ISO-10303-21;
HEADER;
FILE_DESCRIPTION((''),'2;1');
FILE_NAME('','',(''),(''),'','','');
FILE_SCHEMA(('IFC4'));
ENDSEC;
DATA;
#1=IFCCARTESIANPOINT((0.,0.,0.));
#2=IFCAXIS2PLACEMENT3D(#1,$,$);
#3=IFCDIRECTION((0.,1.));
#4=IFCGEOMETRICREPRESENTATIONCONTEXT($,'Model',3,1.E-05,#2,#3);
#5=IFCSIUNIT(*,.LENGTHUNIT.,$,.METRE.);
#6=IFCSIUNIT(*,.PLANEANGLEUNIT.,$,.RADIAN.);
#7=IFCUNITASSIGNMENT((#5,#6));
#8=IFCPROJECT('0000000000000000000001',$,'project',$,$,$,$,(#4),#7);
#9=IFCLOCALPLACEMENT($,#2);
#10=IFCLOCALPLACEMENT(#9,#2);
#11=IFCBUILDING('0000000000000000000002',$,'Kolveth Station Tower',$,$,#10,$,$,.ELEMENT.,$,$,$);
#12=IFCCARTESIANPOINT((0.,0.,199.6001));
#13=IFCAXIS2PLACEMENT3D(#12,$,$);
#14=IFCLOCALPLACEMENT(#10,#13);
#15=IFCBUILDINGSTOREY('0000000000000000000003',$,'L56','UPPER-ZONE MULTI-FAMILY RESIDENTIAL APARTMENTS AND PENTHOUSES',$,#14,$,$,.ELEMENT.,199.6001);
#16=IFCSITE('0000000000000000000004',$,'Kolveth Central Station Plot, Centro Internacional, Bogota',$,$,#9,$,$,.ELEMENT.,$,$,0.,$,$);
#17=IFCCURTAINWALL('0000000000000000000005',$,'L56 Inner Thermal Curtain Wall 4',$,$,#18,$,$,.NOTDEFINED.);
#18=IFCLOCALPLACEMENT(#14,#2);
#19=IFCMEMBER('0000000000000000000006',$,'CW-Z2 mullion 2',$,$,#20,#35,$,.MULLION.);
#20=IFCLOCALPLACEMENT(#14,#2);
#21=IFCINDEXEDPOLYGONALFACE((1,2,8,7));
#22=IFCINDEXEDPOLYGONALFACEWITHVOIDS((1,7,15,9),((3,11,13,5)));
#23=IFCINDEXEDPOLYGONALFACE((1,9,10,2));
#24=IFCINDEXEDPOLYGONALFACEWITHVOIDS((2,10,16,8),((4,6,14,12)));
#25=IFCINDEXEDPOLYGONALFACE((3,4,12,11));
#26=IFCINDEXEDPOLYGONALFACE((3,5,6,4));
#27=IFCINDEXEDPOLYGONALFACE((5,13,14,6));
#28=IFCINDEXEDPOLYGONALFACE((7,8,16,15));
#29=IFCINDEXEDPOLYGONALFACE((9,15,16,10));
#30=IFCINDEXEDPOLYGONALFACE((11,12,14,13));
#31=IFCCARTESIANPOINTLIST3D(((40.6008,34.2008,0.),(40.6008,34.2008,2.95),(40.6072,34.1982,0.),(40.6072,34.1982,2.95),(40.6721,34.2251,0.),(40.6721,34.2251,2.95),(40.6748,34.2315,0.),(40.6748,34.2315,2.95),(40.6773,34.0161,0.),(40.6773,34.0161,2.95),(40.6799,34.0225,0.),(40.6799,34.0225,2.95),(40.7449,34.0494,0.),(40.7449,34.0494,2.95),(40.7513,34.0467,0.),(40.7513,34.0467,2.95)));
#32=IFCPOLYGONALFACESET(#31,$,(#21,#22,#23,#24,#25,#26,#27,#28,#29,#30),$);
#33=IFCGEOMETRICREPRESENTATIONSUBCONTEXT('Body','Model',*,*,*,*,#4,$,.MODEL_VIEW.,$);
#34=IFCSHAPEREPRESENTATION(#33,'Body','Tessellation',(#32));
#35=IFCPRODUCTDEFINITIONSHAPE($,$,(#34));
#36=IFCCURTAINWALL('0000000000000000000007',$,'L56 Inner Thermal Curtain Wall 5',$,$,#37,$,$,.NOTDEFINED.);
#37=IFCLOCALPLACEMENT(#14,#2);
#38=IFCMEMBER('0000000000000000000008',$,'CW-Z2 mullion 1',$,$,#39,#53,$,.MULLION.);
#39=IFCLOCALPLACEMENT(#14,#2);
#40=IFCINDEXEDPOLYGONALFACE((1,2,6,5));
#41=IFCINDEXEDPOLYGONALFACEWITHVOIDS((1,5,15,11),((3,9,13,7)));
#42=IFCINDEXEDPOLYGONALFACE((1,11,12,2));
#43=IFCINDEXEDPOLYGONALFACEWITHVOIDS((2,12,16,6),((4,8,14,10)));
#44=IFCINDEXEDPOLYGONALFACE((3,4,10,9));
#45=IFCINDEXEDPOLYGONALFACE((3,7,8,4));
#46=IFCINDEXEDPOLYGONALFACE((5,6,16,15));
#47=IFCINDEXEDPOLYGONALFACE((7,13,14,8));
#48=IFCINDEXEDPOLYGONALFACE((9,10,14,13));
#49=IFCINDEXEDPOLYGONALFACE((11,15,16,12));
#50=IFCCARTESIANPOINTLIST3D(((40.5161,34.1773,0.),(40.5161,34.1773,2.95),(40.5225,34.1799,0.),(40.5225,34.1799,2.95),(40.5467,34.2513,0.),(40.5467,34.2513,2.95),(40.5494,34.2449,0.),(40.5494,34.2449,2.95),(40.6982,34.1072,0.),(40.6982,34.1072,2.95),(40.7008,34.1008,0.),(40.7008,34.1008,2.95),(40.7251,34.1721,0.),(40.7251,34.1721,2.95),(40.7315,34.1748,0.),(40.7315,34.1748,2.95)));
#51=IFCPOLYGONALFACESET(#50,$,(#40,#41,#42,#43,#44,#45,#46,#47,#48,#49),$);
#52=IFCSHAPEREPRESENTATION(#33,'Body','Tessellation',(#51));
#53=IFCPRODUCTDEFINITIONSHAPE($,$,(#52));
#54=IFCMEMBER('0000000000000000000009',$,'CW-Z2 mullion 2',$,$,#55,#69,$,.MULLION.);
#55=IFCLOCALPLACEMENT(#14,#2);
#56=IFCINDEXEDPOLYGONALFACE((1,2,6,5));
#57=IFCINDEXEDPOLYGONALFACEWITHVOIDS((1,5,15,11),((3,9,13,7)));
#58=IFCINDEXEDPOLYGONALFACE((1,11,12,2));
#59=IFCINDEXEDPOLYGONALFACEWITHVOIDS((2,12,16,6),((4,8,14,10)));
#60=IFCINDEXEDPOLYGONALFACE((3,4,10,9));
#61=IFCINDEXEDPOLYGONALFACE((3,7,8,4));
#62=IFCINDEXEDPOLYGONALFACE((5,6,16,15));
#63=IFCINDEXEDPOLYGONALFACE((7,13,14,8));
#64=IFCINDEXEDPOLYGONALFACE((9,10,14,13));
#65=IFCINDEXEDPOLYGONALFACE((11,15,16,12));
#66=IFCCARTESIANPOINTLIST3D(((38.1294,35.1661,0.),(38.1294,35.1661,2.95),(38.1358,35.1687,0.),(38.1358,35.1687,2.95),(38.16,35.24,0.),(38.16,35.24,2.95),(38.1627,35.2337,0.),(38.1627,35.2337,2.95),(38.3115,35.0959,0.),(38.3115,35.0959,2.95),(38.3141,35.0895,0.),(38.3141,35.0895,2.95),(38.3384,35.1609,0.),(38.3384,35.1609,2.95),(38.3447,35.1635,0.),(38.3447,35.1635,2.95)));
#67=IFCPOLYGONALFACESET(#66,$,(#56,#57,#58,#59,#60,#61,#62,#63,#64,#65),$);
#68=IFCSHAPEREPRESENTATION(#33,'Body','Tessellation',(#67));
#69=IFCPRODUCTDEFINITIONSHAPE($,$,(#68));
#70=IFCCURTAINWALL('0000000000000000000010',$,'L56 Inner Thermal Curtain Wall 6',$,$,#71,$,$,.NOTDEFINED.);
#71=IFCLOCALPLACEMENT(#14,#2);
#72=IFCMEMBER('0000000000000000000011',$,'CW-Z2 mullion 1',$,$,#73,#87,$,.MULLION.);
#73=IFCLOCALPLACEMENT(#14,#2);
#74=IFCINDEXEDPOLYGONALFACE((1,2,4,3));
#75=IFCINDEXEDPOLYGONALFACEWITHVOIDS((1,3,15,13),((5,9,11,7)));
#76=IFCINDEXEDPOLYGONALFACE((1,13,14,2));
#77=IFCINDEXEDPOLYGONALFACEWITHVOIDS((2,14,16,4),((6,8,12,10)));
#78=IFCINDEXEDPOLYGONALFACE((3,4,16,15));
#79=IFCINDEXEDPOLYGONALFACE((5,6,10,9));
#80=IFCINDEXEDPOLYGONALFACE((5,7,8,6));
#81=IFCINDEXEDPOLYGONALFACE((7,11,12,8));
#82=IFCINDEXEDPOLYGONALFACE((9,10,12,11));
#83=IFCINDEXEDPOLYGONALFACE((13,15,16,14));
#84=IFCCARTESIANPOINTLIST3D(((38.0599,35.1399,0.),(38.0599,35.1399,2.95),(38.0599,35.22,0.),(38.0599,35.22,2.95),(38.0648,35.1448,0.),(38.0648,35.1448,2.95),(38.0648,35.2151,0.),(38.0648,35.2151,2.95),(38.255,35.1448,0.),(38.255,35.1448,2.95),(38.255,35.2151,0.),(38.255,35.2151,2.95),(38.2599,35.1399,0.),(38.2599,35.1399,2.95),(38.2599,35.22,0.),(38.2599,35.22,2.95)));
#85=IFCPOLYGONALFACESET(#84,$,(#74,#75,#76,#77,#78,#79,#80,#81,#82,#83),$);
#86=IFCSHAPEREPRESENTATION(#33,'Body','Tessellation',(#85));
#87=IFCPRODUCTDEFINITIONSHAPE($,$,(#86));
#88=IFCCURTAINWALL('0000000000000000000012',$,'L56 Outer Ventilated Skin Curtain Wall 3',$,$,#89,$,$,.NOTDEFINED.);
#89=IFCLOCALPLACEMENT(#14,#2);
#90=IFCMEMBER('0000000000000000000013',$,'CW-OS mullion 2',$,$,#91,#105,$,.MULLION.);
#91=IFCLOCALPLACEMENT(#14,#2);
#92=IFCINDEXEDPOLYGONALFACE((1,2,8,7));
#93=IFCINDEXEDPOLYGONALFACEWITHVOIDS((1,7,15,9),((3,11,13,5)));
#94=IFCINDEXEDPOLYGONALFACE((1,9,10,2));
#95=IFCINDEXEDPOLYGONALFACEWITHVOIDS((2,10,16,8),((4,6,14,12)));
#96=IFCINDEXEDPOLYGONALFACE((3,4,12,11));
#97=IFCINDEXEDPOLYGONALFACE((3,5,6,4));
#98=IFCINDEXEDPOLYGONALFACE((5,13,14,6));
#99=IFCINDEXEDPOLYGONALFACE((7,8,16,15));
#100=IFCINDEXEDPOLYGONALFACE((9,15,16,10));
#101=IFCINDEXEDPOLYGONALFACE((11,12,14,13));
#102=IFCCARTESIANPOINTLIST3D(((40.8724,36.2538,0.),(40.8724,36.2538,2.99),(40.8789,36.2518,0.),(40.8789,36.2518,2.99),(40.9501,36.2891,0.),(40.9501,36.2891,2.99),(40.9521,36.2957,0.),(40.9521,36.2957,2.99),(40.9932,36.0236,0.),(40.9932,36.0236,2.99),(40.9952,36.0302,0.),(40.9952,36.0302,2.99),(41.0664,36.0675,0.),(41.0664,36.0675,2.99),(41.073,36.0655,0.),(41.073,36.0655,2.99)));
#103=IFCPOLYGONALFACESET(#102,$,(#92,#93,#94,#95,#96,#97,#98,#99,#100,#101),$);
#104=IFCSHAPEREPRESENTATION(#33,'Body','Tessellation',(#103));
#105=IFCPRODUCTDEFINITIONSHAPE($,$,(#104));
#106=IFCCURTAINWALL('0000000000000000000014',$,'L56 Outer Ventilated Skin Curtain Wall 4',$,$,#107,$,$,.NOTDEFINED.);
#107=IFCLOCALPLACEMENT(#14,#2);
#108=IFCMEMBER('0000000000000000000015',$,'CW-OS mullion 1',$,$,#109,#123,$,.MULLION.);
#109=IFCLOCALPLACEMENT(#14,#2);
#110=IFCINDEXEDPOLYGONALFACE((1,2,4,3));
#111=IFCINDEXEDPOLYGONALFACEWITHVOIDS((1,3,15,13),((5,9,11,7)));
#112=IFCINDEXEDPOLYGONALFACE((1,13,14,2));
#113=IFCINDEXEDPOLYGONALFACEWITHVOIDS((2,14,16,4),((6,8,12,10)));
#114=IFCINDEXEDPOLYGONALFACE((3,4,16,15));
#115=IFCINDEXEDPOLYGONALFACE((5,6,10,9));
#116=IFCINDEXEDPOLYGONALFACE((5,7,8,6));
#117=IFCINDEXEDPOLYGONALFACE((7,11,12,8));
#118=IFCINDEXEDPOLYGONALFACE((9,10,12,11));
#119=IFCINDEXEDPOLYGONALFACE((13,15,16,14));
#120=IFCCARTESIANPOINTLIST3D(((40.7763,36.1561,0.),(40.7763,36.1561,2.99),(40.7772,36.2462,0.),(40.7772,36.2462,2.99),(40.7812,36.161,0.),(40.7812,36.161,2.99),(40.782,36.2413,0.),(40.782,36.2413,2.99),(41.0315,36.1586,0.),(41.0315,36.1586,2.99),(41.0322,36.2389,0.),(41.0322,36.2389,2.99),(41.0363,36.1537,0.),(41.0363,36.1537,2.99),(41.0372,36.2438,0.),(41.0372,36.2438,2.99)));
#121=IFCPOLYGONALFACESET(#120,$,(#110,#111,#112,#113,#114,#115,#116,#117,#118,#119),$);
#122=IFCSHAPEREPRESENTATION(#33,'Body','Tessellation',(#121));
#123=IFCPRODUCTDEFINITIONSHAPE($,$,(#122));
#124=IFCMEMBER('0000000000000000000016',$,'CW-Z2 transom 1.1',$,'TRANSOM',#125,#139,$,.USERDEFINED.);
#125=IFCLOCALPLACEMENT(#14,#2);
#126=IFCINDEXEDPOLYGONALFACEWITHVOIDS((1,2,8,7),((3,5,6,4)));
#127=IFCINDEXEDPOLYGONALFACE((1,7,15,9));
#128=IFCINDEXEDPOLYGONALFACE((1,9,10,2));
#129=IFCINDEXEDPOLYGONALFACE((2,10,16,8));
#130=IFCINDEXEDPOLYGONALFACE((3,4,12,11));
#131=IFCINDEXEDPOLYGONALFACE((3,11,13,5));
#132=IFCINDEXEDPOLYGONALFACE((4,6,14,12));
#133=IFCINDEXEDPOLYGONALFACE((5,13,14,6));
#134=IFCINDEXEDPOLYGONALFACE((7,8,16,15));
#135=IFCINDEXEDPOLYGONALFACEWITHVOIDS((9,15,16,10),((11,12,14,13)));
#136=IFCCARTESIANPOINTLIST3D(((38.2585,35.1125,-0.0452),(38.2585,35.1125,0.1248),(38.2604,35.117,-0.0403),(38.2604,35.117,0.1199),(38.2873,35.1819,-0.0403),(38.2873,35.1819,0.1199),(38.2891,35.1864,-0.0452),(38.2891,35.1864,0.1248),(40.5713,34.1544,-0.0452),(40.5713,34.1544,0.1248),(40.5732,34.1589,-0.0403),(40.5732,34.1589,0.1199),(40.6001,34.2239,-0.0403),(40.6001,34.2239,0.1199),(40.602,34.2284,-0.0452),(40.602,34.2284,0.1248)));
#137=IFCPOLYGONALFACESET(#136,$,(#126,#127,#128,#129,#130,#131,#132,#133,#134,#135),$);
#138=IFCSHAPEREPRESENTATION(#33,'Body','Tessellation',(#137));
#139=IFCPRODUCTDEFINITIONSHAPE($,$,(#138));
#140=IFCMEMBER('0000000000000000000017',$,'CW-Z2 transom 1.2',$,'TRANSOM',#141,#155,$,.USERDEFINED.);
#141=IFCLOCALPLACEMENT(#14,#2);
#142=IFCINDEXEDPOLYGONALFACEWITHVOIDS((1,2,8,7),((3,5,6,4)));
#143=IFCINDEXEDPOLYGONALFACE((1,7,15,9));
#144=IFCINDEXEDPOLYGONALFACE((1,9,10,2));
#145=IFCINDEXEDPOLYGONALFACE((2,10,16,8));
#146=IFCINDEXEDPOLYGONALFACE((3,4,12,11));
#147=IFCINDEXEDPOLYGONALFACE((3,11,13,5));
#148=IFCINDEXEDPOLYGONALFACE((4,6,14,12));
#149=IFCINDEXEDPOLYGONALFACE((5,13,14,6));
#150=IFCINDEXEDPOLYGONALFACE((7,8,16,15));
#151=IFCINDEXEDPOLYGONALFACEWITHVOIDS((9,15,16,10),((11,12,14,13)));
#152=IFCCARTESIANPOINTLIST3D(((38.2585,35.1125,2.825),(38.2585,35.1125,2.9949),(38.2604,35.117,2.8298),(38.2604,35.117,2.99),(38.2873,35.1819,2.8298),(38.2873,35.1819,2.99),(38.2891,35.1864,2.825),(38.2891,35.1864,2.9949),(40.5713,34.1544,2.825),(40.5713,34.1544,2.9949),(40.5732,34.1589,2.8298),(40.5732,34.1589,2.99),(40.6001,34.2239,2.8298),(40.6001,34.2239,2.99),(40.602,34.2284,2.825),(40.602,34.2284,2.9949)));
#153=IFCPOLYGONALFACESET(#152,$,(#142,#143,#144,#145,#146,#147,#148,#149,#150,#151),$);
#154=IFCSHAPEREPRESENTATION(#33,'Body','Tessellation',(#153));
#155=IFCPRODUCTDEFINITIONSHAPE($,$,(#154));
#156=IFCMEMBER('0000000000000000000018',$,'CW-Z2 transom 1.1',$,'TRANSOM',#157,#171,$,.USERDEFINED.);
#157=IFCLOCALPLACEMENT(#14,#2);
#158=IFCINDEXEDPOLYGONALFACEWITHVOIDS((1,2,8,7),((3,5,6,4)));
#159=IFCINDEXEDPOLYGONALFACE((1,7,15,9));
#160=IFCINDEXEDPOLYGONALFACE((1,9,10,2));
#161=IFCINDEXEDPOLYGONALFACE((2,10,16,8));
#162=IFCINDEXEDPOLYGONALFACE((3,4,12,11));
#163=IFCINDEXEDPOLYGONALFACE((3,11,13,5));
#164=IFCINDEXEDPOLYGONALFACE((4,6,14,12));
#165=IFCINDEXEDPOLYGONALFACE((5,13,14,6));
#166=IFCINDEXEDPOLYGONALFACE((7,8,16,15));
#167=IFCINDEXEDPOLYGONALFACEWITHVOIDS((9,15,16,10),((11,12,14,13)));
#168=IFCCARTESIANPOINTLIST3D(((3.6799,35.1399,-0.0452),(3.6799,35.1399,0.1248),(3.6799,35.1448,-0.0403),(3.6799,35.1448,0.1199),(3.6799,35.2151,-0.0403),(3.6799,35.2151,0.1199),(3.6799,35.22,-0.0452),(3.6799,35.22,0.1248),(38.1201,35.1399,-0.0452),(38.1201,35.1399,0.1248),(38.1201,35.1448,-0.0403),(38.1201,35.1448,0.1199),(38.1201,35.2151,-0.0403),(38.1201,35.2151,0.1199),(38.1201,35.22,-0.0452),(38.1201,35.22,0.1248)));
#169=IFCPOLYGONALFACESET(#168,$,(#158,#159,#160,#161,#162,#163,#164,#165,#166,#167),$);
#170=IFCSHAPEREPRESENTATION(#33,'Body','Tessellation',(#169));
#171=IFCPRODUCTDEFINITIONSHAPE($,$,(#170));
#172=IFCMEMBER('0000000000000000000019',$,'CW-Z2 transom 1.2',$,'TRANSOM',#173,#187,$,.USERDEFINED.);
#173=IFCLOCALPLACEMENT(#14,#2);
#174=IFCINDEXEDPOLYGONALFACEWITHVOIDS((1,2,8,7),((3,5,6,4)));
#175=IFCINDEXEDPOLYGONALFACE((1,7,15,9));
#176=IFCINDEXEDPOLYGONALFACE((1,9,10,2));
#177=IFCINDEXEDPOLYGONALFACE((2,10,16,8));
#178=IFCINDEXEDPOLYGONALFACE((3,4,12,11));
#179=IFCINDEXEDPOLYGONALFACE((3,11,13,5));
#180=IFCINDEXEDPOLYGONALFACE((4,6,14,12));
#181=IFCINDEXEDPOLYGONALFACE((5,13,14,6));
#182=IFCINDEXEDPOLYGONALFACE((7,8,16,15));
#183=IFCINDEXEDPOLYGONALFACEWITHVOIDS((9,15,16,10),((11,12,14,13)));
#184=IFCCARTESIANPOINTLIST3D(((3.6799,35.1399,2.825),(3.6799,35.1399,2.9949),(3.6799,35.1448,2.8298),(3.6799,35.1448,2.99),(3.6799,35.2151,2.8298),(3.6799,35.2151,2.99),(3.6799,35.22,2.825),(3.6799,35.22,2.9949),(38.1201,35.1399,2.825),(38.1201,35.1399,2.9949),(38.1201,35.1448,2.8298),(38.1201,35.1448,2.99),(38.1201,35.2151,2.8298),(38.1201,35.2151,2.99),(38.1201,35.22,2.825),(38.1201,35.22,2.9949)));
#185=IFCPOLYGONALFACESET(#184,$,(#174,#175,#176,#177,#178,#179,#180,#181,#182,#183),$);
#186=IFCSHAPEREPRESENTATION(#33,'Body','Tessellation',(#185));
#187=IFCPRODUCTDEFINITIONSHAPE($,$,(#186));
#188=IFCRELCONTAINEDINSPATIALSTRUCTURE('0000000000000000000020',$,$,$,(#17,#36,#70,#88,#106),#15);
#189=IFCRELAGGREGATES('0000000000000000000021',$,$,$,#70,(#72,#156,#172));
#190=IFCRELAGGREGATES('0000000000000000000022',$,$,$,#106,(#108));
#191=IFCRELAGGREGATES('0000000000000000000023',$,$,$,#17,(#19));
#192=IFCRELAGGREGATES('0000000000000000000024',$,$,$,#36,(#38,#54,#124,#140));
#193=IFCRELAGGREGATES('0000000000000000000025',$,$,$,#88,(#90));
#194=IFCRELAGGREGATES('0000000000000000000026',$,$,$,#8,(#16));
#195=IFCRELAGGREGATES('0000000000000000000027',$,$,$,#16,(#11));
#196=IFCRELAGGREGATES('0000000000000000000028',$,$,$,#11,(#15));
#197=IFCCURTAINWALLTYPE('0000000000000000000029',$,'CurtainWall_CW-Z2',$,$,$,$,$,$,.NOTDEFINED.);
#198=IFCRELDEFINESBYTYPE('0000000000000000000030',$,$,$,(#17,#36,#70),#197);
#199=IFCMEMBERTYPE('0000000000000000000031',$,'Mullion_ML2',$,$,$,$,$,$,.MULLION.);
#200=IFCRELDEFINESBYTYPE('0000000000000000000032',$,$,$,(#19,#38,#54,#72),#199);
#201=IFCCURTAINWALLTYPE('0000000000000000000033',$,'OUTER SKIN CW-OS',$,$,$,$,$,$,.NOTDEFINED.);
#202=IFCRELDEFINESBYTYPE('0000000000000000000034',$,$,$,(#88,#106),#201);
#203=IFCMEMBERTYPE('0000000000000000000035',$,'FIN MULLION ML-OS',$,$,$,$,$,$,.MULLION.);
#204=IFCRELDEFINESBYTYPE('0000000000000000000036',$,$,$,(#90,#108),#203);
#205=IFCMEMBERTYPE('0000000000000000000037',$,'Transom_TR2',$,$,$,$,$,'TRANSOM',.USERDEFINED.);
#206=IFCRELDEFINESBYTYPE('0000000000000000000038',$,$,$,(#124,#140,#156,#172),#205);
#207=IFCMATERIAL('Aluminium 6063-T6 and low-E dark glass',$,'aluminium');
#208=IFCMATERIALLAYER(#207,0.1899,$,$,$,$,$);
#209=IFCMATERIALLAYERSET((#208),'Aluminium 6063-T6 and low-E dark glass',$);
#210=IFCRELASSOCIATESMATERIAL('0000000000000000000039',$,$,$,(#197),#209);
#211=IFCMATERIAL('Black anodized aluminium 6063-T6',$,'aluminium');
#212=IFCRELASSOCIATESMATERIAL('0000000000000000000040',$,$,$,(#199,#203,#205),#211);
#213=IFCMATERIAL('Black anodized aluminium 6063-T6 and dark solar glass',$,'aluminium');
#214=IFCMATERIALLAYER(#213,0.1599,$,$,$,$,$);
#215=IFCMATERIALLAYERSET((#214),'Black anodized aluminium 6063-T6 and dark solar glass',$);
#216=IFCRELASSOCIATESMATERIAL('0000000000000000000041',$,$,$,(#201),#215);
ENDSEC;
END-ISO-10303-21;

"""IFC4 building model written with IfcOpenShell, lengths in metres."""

from ifc_helpers import new_model, si_unit, direction, frame, origin, origin_2d, place, context, subcontext, project, spatial, hollow_rectangle, extrude, source, transform, mapped, material, layer, layer_set, material_profile, profile_set, type_object, element, aggregate, save


model = new_model("IFC4")

# Units and contexts
model_context = context("Model", 3, precision=1e-05, world=origin(), true_north=direction((0.0, 1.0)))
body_context = subcontext(model_context, "Body", "Model", "MODEL_VIEW")
ifc_project = project(units=[si_unit("LENGTHUNIT", "METRE"), si_unit("PLANEANGLEUNIT", "RADIAN")], contexts=[model_context])

# Site, building, storey
site_placement = place(None, origin())
site = spatial("IfcSite", under=ifc_project, at=site_placement, Name="Kolveth Central Station Plot, Centro Internacional, Bogota", CompositionType="ELEMENT", RefElevation=0.0)
building_placement = place(site_placement, origin())
building = spatial("IfcBuilding", under=site, at=building_placement, Name="Kolveth Station Tower", CompositionType="ELEMENT")
storey_placement = place(building_placement, frame((0.0, 0.0, 199.6001)))
storey = spatial("IfcBuildingStorey", under=building, at=storey_placement, Name="L56", Description="UPPER-ZONE MULTI-FAMILY RESIDENTIAL APARTMENTS AND PENTHOUSES", CompositionType="ELEMENT", Elevation=199.6001)

# Curtain wall, member
ifc_material_1 = material(Name="Aluminium 6063-T6 and low-E dark glass", Category="aluminium")
ifc_layer_1 = layer(ifc_material_1, 0.1899)
ifc_layer_set_1 = layer_set([ifc_layer_1], Name="Aluminium 6063-T6 and low-E dark glass")
curtain_wall_type_1 = type_object("IfcCurtainWallType", Name="CurtainWall_CW-Z2", PredefinedType="NOTDEFINED", material=ifc_layer_set_1)
curtain_wall_1_placement = place(storey_placement, origin())
curtain_wall_1 = element("IfcCurtainWall", 1, at=curtain_wall_1_placement, inside=storey, type_object=curtain_wall_type_1, Name="L56 Inner Thermal Curtain Wall 4", PredefinedType="NOTDEFINED")
ifc_material_2 = material(Name="Black anodized aluminium 6063-T6", Category="aluminium")
ifc_material_profile_1 = material_profile(ifc_material_2, hollow_rectangle(XDim=0.0801, YDim=0.2, WallThickness=0.0049, at=origin_2d()), Name="ALU-80x200x5")
ifc_profile_set_1 = profile_set([ifc_material_profile_1], Name="Black anodized aluminium 6063-T6")
member_type_1 = type_object("IfcMemberType", Name="Mullion_ML2", PredefinedType="MULLION", material=ifc_profile_set_1)
shared_shape_1 = source(origin(), body_context, "Body", "SweptSolid", [
    extrude(hollow_rectangle(XDim=0.0801, YDim=0.2, WallThickness=0.0049, at=origin_2d()), origin(), (0.0, 0.0, 1.0), 2.95),
])
member_1_placement = place(storey_placement, frame((40.676, 34.1238, 0.0), z_axis=(0.0, 0.0, 1.0), x_axis=(-0.923874, -0.382698, 0.0)))
member_1 = element("IfcMember", 2, at=member_1_placement, type_object=member_type_1, Name="CW-Z2 mullion 2", PredefinedType="MULLION", context=body_context, shape_type="MappedRepresentation", body=[
    mapped(shared_shape_1, transform((0.0, 0.0, 0.0), x_axis=(1.0, 0.0, 0.0), y_axis=(0.0, 1.0, 0.0), z_axis=(0.0, 0.0, 1.0), scale=1.0)),
])

# Curtain wall, members
curtain_wall_2_placement = place(storey_placement, origin())
curtain_wall_2 = element("IfcCurtainWall", 3, at=curtain_wall_2_placement, inside=storey, type_object=curtain_wall_type_1, Name="L56 Inner Thermal Curtain Wall 5", PredefinedType="NOTDEFINED")
member_2_placement = place(storey_placement, frame((40.6238, 34.176, 0.0), z_axis=(0.0, 0.0, 1.0), x_axis=(-0.382698, -0.923874, 0.0)))
member_2 = element("IfcMember", 4, at=member_2_placement, type_object=member_type_1, Name="CW-Z2 mullion 1", PredefinedType="MULLION", context=body_context, shape_type="MappedRepresentation", body=[
    mapped(shared_shape_1, transform((0.0, 0.0, 0.0), x_axis=(1.0, 0.0, 0.0), y_axis=(0.0, 1.0, 0.0), z_axis=(0.0, 0.0, 1.0), scale=1.0)),
])
member_3_placement = place(storey_placement, frame((38.2371, 35.1648, 0.0), z_axis=(0.0, 0.0, 1.0), x_axis=(-0.382698, -0.923874, 0.0)))
member_3 = element("IfcMember", 5, at=member_3_placement, type_object=member_type_1, Name="CW-Z2 mullion 2", PredefinedType="MULLION", context=body_context, shape_type="MappedRepresentation", body=[
    mapped(shared_shape_1, transform((0.0, 0.0, 0.0), x_axis=(1.0, 0.0, 0.0), y_axis=(0.0, 1.0, 0.0), z_axis=(0.0, 0.0, 1.0), scale=1.0)),
])

# Curtain walls, members
curtain_wall_3_placement = place(storey_placement, origin())
curtain_wall_3 = element("IfcCurtainWall", 6, at=curtain_wall_3_placement, inside=storey, type_object=curtain_wall_type_1, Name="L56 Inner Thermal Curtain Wall 6", PredefinedType="NOTDEFINED")
member_4_placement = place(storey_placement, frame((38.1599, 35.1799, 0.0), z_axis=(0.0, 0.0, 1.0), x_axis=(0.0, -1.0, 0.0)))
member_4 = element("IfcMember", 7, at=member_4_placement, type_object=member_type_1, Name="CW-Z2 mullion 1", PredefinedType="MULLION", context=body_context, shape_type="MappedRepresentation", body=[
    mapped(shared_shape_1, transform((0.0, 0.0, 0.0), x_axis=(1.0, 0.0, 0.0), y_axis=(0.0, 1.0, 0.0), z_axis=(0.0, 0.0, 1.0), scale=1.0)),
])
ifc_material_3 = material(Name="Black anodized aluminium 6063-T6 and dark solar glass", Category="aluminium")
ifc_layer_2 = layer(ifc_material_3, 0.1599)
ifc_layer_set_2 = layer_set([ifc_layer_2], Name="Black anodized aluminium 6063-T6 and dark solar glass")
curtain_wall_type_2 = type_object("IfcCurtainWallType", Name="OUTER SKIN CW-OS", PredefinedType="NOTDEFINED", material=ifc_layer_set_2)
curtain_wall_4_placement = place(storey_placement, origin())
curtain_wall_4 = element("IfcCurtainWall", 8, at=curtain_wall_4_placement, inside=storey, type_object=curtain_wall_type_2, Name="L56 Outer Ventilated Skin Curtain Wall 3", PredefinedType="NOTDEFINED")
ifc_material_profile_2 = material_profile(ifc_material_2, hollow_rectangle(XDim=0.0901, YDim=0.26, WallThickness=0.0049, at=origin_2d()), Name="ALU-90x260x5")
ifc_profile_set_2 = profile_set([ifc_material_profile_2], Name="Black anodized aluminium 6063-T6")
member_type_2 = type_object("IfcMemberType", Name="FIN MULLION ML-OS", PredefinedType="MULLION", material=ifc_profile_set_2)
shared_shape_2 = source(origin(), body_context, "Body", "SweptSolid", [
    extrude(hollow_rectangle(XDim=0.0901, YDim=0.26, WallThickness=0.0049, at=origin_2d()), origin(), (0.0, 0.0, 1.0), 2.99),
])
member_5_placement = place(storey_placement, frame((40.9727, 36.1597, 0.0), z_axis=(0.0, 0.0, 1.0), x_axis=(-0.885457, -0.464722, 0.0)))
member_5 = element("IfcMember", 9, at=member_5_placement, type_object=member_type_2, Name="CW-OS mullion 2", PredefinedType="MULLION", context=body_context, shape_type="MappedRepresentation", body=[
    mapped(shared_shape_2, transform((0.0, 0.0, 0.0), x_axis=(1.0, 0.0, 0.0), y_axis=(0.0, 1.0, 0.0), z_axis=(0.0, 0.0, 1.0), scale=1.0)),
])
curtain_wall_5_placement = place(storey_placement, origin())
curtain_wall_5 = element("IfcCurtainWall", 10, at=curtain_wall_5_placement, inside=storey, type_object=curtain_wall_type_2, Name="L56 Outer Ventilated Skin Curtain Wall 4", PredefinedType="NOTDEFINED")
member_6_placement = place(storey_placement, frame((40.9067, 36.2, 0.0), z_axis=(0.0, 0.0, 1.0), x_axis=(-0.009501, -0.999955, 0.0)))
member_6 = element("IfcMember", 11, at=member_6_placement, type_object=member_type_2, Name="CW-OS mullion 1", PredefinedType="MULLION", context=body_context, shape_type="MappedRepresentation", body=[
    mapped(shared_shape_2, transform((0.0, 0.0, 0.0), x_axis=(1.0, 0.0, 0.0), y_axis=(0.0, 1.0, 0.0), z_axis=(0.0, 0.0, 1.0), scale=1.0)),
])

# Members
ifc_material_profile_3 = material_profile(ifc_material_2, hollow_rectangle(XDim=0.0801, YDim=0.1699, WallThickness=0.0049, at=origin_2d()), Name="ALU-80x170x5")
ifc_profile_set_3 = profile_set([ifc_material_profile_3], Name="Black anodized aluminium 6063-T6")
member_type_3 = type_object("IfcMemberType", Name="Transom_TR2", ElementType="TRANSOM", PredefinedType="USERDEFINED", material=ifc_profile_set_3)
shared_shape_3 = source(origin(), body_context, "Body", "SweptSolid", [
    extrude(hollow_rectangle(XDim=0.0801, YDim=0.1699, WallThickness=0.0049, at=origin_2d()), origin(), (0.0, 0.0, 1.0), 2.5034),
])
member_7_placement = place(storey_placement, frame((40.5867, 34.1914, 0.0398), z_axis=(-0.923874, 0.382696, 0.0), x_axis=(-0.382696, -0.923874, 0.0)))
member_7 = element("IfcMember", 12, at=member_7_placement, type_object=member_type_3, Name="CW-Z2 transom 1.1", ObjectType="TRANSOM", PredefinedType="USERDEFINED", context=body_context, shape_type="MappedRepresentation", body=[
    mapped(shared_shape_3, transform((0.0, 0.0, 0.0), x_axis=(1.0, 0.0, 0.0), y_axis=(0.0, 1.0, 0.0), z_axis=(0.0, 0.0, 1.0), scale=1.0)),
])
member_8_placement = place(storey_placement, frame((40.5867, 34.1914, 2.9099), z_axis=(-0.923874, 0.382696, 0.0), x_axis=(-0.382696, -0.923874, 0.0)))
member_8 = element("IfcMember", 13, at=member_8_placement, type_object=member_type_3, Name="CW-Z2 transom 1.2", ObjectType="TRANSOM", PredefinedType="USERDEFINED", context=body_context, shape_type="MappedRepresentation", body=[
    mapped(shared_shape_3, transform((0.0, 0.0, 0.0), x_axis=(1.0, 0.0, 0.0), y_axis=(0.0, 1.0, 0.0), z_axis=(0.0, 0.0, 1.0), scale=1.0)),
])
shared_shape_4 = source(origin(), body_context, "Body", "SweptSolid", [
    extrude(hollow_rectangle(XDim=0.0801, YDim=0.1699, WallThickness=0.0049, at=origin_2d()), origin(), (0.0, 0.0, 1.0), 34.4402),
])
member_9_placement = place(storey_placement, frame((38.1201, 35.1799, 0.0398), z_axis=(-1.0, 0.0, 0.0), x_axis=(0.0, -1.0, 0.0)))
member_9 = element("IfcMember", 14, at=member_9_placement, type_object=member_type_3, Name="CW-Z2 transom 1.1", ObjectType="TRANSOM", PredefinedType="USERDEFINED", context=body_context, shape_type="MappedRepresentation", body=[
    mapped(shared_shape_4, transform((0.0, 0.0, 0.0), x_axis=(1.0, 0.0, 0.0), y_axis=(0.0, 1.0, 0.0), z_axis=(0.0, 0.0, 1.0), scale=1.0)),
])
member_10_placement = place(storey_placement, frame((38.1201, 35.1799, 2.9099), z_axis=(-1.0, 0.0, 0.0), x_axis=(0.0, -1.0, 0.0)))
member_10 = element("IfcMember", 15, at=member_10_placement, type_object=member_type_3, Name="CW-Z2 transom 1.2", ObjectType="TRANSOM", PredefinedType="USERDEFINED", context=body_context, shape_type="MappedRepresentation", body=[
    mapped(shared_shape_4, transform((0.0, 0.0, 0.0), x_axis=(1.0, 0.0, 0.0), y_axis=(0.0, 1.0, 0.0), z_axis=(0.0, 0.0, 1.0), scale=1.0)),
])
aggregate(curtain_wall_3, [member_4, member_9, member_10])
aggregate(curtain_wall_5, [member_6])

aggregate(curtain_wall_1, [member_1])
aggregate(curtain_wall_2, [member_2, member_3, member_7, member_8])
aggregate(curtain_wall_4, [member_5])

save(model, "model.ifc")
